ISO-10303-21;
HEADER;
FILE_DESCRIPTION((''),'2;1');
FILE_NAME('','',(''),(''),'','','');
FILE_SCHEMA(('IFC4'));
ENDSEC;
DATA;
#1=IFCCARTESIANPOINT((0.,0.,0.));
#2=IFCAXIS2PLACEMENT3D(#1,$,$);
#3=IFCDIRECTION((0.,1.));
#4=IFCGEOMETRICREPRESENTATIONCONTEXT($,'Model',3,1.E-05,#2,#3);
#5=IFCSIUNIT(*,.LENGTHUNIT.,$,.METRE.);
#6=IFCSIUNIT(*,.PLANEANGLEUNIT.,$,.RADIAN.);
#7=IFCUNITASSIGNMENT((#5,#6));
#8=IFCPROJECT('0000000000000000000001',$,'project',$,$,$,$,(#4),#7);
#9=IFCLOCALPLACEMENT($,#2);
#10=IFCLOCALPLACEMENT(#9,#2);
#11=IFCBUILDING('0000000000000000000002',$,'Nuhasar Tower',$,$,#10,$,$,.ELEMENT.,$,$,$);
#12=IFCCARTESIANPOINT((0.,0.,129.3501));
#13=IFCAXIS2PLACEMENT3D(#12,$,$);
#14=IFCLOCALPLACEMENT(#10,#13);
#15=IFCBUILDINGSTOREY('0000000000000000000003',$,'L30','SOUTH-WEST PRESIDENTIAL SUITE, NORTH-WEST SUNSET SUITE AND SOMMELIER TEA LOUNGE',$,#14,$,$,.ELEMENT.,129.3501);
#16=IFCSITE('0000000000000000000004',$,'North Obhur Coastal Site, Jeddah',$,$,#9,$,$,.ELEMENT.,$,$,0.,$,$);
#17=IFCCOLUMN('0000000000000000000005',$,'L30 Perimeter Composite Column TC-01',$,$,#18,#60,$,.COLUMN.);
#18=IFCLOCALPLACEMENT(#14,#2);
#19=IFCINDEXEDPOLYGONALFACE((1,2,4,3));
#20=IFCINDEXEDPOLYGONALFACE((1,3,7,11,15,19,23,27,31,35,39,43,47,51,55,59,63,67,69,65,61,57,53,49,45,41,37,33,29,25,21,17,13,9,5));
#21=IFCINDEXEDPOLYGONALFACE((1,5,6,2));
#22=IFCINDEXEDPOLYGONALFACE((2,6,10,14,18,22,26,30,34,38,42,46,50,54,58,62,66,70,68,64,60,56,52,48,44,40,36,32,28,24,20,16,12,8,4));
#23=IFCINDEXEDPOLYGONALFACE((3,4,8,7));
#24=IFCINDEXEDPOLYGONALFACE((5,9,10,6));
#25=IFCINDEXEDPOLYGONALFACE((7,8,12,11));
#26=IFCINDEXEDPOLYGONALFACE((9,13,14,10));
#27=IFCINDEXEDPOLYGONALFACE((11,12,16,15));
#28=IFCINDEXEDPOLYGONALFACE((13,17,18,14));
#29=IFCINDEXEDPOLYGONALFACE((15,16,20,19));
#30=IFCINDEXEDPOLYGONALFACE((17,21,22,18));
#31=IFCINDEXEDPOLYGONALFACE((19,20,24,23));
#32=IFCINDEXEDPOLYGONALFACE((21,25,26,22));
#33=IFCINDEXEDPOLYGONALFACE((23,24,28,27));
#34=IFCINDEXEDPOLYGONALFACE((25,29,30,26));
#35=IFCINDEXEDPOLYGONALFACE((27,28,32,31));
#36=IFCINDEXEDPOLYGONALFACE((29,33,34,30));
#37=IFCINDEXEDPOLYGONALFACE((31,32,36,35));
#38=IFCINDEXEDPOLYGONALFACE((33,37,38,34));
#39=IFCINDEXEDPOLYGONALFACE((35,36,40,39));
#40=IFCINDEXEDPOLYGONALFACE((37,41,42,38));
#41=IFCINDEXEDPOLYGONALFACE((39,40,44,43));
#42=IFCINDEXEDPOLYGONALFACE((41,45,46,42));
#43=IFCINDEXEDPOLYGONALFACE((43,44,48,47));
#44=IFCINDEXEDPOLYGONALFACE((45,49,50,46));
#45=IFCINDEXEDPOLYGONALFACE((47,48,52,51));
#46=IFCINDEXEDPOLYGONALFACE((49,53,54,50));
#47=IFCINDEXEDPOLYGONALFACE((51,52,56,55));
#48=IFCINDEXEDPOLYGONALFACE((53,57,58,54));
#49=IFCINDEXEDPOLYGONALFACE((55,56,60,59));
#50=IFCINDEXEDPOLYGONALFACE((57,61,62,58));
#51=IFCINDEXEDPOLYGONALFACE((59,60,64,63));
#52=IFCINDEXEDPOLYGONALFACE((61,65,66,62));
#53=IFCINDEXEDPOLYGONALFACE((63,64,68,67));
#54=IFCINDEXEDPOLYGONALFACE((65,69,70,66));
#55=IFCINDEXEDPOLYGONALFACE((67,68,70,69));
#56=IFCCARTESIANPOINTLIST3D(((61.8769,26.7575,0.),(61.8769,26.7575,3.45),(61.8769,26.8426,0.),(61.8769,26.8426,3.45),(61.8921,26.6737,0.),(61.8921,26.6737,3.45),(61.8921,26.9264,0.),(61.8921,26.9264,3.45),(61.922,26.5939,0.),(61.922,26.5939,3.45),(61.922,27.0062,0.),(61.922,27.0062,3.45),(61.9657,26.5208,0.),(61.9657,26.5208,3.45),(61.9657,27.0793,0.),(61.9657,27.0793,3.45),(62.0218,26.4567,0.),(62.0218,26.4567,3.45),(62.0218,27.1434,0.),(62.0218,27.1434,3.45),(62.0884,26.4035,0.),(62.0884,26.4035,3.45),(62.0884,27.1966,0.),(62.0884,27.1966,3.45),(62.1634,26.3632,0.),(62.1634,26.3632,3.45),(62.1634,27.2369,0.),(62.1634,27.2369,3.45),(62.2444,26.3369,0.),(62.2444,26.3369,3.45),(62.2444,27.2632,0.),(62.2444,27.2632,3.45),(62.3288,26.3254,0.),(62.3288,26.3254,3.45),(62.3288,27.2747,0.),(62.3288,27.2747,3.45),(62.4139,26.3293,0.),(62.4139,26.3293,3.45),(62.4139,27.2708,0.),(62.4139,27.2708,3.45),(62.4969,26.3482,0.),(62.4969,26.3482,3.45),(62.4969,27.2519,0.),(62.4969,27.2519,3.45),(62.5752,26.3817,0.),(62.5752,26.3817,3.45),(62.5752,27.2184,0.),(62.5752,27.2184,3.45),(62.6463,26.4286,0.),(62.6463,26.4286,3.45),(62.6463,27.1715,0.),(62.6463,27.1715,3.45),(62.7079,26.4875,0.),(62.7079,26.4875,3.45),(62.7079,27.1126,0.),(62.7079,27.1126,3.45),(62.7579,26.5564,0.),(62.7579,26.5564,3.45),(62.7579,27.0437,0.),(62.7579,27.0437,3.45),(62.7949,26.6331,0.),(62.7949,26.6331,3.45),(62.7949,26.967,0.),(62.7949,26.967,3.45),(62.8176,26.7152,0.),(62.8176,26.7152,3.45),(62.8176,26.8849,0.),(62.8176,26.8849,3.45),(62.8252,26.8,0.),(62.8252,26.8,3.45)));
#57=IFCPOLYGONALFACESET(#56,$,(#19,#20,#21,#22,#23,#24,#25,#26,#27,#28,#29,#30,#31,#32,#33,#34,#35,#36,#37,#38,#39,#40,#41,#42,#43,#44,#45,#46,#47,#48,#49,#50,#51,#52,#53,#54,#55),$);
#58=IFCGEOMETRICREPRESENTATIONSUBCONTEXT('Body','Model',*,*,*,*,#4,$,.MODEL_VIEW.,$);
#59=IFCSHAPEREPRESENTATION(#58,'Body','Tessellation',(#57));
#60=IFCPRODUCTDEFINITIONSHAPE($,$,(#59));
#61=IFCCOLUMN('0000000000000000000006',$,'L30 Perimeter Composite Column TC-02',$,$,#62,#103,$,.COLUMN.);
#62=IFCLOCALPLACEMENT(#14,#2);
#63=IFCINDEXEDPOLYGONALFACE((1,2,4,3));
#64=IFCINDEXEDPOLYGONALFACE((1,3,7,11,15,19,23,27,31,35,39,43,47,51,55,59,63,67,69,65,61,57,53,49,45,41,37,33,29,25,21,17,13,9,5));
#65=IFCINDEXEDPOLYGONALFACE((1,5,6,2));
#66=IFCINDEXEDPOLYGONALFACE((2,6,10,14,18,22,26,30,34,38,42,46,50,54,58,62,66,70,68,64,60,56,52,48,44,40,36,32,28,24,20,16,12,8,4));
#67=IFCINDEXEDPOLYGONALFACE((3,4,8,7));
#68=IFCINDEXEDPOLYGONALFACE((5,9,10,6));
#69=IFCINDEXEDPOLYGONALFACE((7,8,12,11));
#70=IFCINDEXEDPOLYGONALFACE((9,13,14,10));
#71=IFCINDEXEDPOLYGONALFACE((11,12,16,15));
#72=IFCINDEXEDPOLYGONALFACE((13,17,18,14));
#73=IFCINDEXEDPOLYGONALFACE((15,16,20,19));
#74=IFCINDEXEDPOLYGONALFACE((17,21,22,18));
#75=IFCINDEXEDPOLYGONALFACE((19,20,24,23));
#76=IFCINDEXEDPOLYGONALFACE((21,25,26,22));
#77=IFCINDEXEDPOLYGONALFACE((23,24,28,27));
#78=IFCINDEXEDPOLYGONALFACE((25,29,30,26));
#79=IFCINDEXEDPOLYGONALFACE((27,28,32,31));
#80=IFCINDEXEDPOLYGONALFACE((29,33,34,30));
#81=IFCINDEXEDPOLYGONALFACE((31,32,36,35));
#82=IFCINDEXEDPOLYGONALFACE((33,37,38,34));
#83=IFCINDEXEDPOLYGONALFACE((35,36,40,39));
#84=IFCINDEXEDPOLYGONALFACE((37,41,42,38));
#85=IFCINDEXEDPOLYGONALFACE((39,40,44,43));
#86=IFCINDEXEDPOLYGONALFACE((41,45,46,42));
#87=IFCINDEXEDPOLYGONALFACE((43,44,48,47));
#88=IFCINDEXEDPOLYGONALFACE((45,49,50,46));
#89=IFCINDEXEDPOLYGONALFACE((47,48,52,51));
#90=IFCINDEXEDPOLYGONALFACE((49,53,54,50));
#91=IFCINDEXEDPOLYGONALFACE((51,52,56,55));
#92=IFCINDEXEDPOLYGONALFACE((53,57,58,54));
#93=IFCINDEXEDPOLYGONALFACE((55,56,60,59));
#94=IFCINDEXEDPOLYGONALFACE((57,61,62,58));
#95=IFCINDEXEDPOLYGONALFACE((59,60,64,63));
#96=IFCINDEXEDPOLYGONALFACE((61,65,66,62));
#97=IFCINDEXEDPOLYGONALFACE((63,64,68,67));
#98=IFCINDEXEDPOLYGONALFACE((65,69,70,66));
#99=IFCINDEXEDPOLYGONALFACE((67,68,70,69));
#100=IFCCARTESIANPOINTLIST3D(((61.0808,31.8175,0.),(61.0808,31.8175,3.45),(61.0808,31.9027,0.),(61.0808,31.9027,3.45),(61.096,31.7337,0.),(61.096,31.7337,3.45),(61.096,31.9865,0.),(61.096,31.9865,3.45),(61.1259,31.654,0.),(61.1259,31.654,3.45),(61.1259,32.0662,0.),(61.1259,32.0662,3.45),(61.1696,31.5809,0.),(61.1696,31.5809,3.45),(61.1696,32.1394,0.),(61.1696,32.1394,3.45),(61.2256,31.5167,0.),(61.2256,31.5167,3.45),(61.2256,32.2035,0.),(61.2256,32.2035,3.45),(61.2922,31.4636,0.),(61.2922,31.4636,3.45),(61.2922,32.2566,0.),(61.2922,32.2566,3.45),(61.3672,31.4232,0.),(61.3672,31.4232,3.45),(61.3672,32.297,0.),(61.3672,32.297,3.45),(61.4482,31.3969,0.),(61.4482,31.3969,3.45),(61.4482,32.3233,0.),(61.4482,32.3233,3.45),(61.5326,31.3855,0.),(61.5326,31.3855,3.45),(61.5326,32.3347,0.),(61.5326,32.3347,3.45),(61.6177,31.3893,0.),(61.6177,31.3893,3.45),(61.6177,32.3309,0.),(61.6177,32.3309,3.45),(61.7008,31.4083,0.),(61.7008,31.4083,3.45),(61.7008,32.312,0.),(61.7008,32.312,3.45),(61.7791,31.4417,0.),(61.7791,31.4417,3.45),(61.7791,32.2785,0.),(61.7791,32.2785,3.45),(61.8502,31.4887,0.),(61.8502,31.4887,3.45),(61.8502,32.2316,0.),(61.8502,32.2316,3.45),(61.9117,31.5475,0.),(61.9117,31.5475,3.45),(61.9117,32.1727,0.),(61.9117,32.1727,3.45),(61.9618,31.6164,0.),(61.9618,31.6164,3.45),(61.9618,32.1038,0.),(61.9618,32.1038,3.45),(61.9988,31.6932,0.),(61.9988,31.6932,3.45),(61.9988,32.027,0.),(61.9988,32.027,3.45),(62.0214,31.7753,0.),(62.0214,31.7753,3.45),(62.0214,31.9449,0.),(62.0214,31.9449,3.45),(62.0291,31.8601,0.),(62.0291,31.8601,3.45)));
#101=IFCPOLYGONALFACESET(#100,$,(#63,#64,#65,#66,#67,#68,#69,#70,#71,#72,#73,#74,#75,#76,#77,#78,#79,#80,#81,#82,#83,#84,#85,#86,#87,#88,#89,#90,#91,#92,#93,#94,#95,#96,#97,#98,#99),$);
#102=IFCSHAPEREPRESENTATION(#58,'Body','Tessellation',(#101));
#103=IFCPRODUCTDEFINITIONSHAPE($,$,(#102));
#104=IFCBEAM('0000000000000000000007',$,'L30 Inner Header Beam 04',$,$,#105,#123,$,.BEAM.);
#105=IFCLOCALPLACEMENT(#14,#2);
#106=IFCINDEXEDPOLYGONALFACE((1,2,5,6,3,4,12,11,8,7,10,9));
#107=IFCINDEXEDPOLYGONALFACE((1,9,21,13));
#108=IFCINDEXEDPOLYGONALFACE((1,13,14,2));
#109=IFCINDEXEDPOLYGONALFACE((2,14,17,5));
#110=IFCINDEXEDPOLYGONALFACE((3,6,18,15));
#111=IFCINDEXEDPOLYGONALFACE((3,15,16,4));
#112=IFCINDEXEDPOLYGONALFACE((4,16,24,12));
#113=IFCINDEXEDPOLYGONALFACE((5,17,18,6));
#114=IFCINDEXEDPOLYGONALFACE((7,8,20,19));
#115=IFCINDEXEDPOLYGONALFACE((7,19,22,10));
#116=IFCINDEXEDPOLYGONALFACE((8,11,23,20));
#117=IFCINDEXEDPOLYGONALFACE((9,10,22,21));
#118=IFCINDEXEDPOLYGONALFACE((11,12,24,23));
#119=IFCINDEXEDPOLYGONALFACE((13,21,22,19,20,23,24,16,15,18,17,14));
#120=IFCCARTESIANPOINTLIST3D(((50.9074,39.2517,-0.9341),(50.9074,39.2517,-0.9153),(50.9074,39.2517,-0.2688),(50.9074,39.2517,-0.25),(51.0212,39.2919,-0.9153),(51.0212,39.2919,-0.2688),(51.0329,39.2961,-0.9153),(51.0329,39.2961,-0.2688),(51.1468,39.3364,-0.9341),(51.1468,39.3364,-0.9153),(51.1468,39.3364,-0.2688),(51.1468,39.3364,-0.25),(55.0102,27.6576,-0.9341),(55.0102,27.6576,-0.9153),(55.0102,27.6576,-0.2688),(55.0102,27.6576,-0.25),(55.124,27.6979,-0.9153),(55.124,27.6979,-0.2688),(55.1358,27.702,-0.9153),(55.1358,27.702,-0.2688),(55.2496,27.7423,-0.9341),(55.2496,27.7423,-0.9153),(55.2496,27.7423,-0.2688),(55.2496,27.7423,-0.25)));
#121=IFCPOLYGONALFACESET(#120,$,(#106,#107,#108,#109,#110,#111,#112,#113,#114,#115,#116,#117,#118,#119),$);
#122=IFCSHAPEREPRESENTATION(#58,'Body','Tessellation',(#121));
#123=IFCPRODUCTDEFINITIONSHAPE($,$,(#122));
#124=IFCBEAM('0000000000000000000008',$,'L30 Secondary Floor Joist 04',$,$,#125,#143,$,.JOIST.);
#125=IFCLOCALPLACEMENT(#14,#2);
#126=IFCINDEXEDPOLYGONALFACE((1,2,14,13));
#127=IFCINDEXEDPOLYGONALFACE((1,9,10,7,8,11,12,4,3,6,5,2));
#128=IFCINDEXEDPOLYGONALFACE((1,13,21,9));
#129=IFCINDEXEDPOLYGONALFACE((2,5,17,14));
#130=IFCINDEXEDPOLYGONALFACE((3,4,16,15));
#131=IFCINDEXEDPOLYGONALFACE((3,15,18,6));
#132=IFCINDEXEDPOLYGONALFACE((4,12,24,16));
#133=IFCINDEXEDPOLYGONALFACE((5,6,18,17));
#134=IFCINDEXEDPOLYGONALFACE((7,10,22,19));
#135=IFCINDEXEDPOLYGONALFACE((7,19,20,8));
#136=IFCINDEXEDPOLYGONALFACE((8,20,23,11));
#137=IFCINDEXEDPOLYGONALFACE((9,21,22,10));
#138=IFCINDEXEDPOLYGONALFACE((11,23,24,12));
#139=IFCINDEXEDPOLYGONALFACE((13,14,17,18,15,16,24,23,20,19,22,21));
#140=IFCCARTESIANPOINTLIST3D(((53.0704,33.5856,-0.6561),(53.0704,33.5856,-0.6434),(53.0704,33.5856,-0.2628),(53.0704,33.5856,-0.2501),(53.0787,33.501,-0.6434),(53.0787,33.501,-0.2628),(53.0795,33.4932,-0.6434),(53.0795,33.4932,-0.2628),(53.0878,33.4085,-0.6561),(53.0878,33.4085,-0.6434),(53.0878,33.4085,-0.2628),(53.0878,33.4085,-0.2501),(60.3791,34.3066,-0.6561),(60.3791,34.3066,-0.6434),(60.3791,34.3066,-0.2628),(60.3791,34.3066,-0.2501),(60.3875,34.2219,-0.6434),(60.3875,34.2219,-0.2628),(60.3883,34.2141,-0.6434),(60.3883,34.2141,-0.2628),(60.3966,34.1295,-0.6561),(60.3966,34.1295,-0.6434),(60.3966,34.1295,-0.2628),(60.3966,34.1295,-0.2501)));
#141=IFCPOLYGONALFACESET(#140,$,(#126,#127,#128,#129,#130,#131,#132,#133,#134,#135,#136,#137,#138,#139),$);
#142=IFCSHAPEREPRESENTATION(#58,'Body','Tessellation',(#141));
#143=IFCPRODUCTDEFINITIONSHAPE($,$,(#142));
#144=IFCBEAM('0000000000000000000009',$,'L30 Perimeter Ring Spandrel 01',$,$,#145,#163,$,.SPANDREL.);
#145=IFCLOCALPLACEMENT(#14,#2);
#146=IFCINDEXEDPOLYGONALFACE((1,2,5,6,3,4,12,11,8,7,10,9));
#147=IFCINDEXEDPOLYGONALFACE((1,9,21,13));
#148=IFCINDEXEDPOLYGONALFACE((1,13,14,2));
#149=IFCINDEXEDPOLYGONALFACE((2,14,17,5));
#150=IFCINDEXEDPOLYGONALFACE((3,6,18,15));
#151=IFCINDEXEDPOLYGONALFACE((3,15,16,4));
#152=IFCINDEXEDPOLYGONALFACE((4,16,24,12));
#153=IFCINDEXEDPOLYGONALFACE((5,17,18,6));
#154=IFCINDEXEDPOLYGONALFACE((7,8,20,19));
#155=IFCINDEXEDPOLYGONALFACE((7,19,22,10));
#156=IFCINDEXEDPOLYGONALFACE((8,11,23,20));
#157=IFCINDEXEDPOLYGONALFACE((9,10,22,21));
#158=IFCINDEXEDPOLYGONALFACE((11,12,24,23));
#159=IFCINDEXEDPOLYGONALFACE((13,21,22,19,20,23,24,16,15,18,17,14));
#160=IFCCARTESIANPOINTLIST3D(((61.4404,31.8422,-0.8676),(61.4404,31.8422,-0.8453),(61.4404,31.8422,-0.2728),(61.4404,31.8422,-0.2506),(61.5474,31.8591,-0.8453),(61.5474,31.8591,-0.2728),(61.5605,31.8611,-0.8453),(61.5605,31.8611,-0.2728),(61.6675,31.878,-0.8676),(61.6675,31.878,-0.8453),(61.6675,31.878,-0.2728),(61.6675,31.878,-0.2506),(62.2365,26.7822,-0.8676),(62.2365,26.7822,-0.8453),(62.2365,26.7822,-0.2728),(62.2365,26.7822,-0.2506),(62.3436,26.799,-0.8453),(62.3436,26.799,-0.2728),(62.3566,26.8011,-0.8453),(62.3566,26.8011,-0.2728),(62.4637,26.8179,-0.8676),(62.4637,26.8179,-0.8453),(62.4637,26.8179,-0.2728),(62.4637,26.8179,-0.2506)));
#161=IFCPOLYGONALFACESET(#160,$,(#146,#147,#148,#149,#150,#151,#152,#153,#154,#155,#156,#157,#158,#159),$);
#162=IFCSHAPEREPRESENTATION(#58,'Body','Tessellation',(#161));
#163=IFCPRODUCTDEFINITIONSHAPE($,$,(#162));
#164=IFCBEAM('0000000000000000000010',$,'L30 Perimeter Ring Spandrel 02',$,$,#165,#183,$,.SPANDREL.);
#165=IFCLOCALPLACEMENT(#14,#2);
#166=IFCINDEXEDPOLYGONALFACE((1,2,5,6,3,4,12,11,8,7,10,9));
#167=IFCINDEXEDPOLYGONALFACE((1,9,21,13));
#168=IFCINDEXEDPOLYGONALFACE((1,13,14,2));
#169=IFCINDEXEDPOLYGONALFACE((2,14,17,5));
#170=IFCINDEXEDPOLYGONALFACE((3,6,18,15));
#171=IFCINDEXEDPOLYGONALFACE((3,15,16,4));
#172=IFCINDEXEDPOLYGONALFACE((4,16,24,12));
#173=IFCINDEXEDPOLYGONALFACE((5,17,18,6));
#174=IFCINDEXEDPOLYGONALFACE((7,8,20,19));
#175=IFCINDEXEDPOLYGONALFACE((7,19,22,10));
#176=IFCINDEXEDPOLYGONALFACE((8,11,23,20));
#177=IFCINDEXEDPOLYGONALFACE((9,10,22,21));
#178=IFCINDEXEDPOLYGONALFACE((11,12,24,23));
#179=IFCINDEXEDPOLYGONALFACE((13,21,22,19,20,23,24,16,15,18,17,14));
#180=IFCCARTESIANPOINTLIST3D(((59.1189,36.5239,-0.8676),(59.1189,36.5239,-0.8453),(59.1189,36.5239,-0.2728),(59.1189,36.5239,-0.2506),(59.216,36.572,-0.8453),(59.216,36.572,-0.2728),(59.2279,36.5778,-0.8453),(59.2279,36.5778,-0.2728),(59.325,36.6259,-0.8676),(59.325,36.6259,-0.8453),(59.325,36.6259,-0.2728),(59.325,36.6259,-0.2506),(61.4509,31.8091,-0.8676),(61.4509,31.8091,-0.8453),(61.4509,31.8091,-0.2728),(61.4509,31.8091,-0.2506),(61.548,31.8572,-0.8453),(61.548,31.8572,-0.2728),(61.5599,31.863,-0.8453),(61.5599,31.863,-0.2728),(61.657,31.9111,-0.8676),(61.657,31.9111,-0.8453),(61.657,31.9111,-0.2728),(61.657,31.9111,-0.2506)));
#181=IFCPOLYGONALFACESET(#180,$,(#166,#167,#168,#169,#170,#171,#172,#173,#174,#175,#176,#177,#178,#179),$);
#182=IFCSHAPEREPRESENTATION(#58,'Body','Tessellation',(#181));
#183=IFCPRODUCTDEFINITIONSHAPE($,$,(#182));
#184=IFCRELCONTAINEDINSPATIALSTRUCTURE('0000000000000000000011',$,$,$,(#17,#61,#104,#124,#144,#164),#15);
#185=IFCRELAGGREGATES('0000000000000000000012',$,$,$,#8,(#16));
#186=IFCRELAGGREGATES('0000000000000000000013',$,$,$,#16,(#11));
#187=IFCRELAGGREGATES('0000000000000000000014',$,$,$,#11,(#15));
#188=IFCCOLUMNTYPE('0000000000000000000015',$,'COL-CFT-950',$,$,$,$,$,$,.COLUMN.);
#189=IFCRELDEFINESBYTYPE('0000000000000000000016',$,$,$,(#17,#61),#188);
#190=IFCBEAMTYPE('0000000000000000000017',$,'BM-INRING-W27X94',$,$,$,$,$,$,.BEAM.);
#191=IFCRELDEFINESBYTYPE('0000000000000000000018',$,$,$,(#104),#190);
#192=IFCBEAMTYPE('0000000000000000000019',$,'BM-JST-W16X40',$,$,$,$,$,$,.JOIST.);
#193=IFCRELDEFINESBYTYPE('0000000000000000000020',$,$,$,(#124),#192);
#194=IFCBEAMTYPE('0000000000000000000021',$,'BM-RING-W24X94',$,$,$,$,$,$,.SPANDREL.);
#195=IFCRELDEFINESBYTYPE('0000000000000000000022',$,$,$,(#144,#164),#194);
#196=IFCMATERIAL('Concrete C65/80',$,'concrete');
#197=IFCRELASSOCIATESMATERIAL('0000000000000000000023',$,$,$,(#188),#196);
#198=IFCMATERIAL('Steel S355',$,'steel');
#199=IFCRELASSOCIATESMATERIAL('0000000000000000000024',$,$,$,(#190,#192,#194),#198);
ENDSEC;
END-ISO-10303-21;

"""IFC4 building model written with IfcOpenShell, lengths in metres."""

from ifc_helpers import new_model, si_unit, direction, frame, origin, origin_2d, place, context, subcontext, project, spatial, circle, i_section, extrude, material, material_profile, profile_set, type_object, element, save


model = new_model("IFC4")

# Units and contexts
model_context = context("Model", 3, precision=1e-05, world=origin(), true_north=direction((0.0, 1.0)))
body_context = subcontext(model_context, "Body", "Model", "MODEL_VIEW")
ifc_project = project(units=[si_unit("LENGTHUNIT", "METRE"), si_unit("PLANEANGLEUNIT", "RADIAN")], contexts=[model_context])

# Site, building, storey
site_placement = place(None, origin())
site = spatial("IfcSite", under=ifc_project, at=site_placement, Name="North Obhur Coastal Site, Jeddah", CompositionType="ELEMENT", RefElevation=0.0)
building_placement = place(site_placement, origin())
building = spatial("IfcBuilding", under=site, at=building_placement, Name="Nuhasar Tower", CompositionType="ELEMENT")
storey_placement = place(building_placement, frame((0.0, 0.0, 129.3501)))
storey = spatial("IfcBuildingStorey", under=building, at=storey_placement, Name="L30", Description="SOUTH-WEST PRESIDENTIAL SUITE, NORTH-WEST SUNSET SUITE AND SOMMELIER TEA LOUNGE", CompositionType="ELEMENT", Elevation=129.3501)

# Columns
ifc_material_1 = material(Name="Concrete C65/80", Category="concrete")
ifc_material_profile_1 = material_profile(ifc_material_1, circle(Radius=0.4751, at=origin_2d()), Name="CFT950")
ifc_profile_set_1 = profile_set([ifc_material_profile_1], Name="Concrete C65/80")
column_type = type_object("IfcColumnType", Name="COL-CFT-950", PredefinedType="COLUMN", material=ifc_profile_set_1)
for number, where, z_axis, x_axis, name in (
    (1, (62.3501, 26.8, 0.0), (0.0, 0.0, 1.0), (1.0, 0.0, 0.0), "L30 Perimeter Composite Column TC-01"),
    (2, (61.554, 31.8601, 0.0), (0.0, 0.0, 1.0), (1.0, 0.0, 0.0), "L30 Perimeter Composite Column TC-02"),
):
    element("IfcColumn", number, at=place(storey_placement, frame(where, z_axis=z_axis, x_axis=x_axis)), inside=storey, type_object=column_type, Name=name, PredefinedType="COLUMN", context=body_context, shape_type="SweptSolid", body=[
        extrude(circle(Radius=0.4751, at=origin_2d()), origin(), (0.0, 0.0, 1.0), 3.45),
    ])

# Beams
ifc_material_2 = material(Name="Steel S355", Category="steel")
ifc_material_profile_2 = material_profile(ifc_material_2, i_section(OverallWidth=0.2539, OverallDepth=0.6841, WebThickness=0.0125, FlangeThickness=0.0188, at=origin_2d()), Name="W27X94")
ifc_profile_set_2 = profile_set([ifc_material_profile_2], Name="Steel S355")
beam_type_1 = type_object("IfcBeamType", Name="BM-INRING-W27X94", PredefinedType="BEAM", material=ifc_profile_set_2)
beam_1_placement = place(storey_placement, frame((55.1299, 27.7, -0.592), z_axis=(-0.3336, 0.942715, 0.0), x_axis=(-0.942715, -0.3336, 0.0)))
element("IfcBeam", 3, at=beam_1_placement, inside=storey, type_object=beam_type_1, Name="L30 Inner Header Beam 04", PredefinedType="BEAM", context=body_context, shape_type="SweptSolid", body=[
    extrude(i_section(OverallWidth=0.2539, OverallDepth=0.6841, WebThickness=0.0125, FlangeThickness=0.0188, at=origin_2d()), origin(), (0.0, 0.0, 1.0), 12.2986),
])
ifc_material_profile_3 = material_profile(ifc_material_2, i_section(OverallWidth=0.178, OverallDepth=0.406, WebThickness=0.0078, FlangeThickness=0.0127, at=origin_2d()), Name="W16X40")
ifc_profile_set_3 = profile_set([ifc_material_profile_3], Name="Steel S355")
beam_type_2 = type_object("IfcBeamType", Name="BM-JST-W16X40", PredefinedType="JOIST", material=ifc_profile_set_3)
beam_2_placement = place(storey_placement, frame((53.0791, 33.4971, -0.4531), z_axis=(0.99517, 0.098164, 0.0), x_axis=(-0.098164, 0.99517, 0.0)))
element("IfcBeam", 4, at=beam_2_placement, inside=storey, type_object=beam_type_2, Name="L30 Secondary Floor Joist 04", PredefinedType="JOIST", context=body_context, shape_type="SweptSolid", body=[
    extrude(i_section(OverallWidth=0.178, OverallDepth=0.406, WebThickness=0.0078, FlangeThickness=0.0127, at=origin_2d()), origin(), (0.0, 0.0, 1.0), 7.3442),
])
ifc_material_profile_4 = material_profile(ifc_material_2, i_section(OverallWidth=0.23, OverallDepth=0.6169, WebThickness=0.0132, FlangeThickness=0.0222, at=origin_2d()), Name="W24X94")
ifc_profile_set_4 = profile_set([ifc_material_profile_4], Name="Steel S355")
beam_type_3 = type_object("IfcBeamType", Name="BM-RING-W24X94", PredefinedType="SPANDREL", material=ifc_profile_set_4)
beam_3_placement = place(storey_placement, frame((62.3501, 26.8, -0.5591), z_axis=(-0.155427, 0.987847, 0.0), x_axis=(-0.987847, -0.155427, 0.0)))
element("IfcBeam", 5, at=beam_3_placement, inside=storey, type_object=beam_type_3, Name="L30 Perimeter Ring Spandrel 01", PredefinedType="SPANDREL", context=body_context, shape_type="SweptSolid", body=[
    extrude(i_section(OverallWidth=0.23, OverallDepth=0.6169, WebThickness=0.0132, FlangeThickness=0.0222, at=origin_2d()), origin(), (0.0, 0.0, 1.0), 5.1223),
])
beam_4_placement = place(storey_placement, frame((61.554, 31.8601, -0.5591), z_axis=(-0.443348, 0.89635, 0.0), x_axis=(-0.89635, -0.443348, 0.0)))
element("IfcBeam", 6, at=beam_4_placement, inside=storey, type_object=beam_type_3, Name="L30 Perimeter Ring Spandrel 02", PredefinedType="SPANDREL", context=body_context, shape_type="SweptSolid", body=[
    extrude(i_section(OverallWidth=0.23, OverallDepth=0.6169, WebThickness=0.0132, FlangeThickness=0.0222, at=origin_2d()), origin(), (0.0, 0.0, 1.0), 5.26),
])

save(model, "model.ifc")
